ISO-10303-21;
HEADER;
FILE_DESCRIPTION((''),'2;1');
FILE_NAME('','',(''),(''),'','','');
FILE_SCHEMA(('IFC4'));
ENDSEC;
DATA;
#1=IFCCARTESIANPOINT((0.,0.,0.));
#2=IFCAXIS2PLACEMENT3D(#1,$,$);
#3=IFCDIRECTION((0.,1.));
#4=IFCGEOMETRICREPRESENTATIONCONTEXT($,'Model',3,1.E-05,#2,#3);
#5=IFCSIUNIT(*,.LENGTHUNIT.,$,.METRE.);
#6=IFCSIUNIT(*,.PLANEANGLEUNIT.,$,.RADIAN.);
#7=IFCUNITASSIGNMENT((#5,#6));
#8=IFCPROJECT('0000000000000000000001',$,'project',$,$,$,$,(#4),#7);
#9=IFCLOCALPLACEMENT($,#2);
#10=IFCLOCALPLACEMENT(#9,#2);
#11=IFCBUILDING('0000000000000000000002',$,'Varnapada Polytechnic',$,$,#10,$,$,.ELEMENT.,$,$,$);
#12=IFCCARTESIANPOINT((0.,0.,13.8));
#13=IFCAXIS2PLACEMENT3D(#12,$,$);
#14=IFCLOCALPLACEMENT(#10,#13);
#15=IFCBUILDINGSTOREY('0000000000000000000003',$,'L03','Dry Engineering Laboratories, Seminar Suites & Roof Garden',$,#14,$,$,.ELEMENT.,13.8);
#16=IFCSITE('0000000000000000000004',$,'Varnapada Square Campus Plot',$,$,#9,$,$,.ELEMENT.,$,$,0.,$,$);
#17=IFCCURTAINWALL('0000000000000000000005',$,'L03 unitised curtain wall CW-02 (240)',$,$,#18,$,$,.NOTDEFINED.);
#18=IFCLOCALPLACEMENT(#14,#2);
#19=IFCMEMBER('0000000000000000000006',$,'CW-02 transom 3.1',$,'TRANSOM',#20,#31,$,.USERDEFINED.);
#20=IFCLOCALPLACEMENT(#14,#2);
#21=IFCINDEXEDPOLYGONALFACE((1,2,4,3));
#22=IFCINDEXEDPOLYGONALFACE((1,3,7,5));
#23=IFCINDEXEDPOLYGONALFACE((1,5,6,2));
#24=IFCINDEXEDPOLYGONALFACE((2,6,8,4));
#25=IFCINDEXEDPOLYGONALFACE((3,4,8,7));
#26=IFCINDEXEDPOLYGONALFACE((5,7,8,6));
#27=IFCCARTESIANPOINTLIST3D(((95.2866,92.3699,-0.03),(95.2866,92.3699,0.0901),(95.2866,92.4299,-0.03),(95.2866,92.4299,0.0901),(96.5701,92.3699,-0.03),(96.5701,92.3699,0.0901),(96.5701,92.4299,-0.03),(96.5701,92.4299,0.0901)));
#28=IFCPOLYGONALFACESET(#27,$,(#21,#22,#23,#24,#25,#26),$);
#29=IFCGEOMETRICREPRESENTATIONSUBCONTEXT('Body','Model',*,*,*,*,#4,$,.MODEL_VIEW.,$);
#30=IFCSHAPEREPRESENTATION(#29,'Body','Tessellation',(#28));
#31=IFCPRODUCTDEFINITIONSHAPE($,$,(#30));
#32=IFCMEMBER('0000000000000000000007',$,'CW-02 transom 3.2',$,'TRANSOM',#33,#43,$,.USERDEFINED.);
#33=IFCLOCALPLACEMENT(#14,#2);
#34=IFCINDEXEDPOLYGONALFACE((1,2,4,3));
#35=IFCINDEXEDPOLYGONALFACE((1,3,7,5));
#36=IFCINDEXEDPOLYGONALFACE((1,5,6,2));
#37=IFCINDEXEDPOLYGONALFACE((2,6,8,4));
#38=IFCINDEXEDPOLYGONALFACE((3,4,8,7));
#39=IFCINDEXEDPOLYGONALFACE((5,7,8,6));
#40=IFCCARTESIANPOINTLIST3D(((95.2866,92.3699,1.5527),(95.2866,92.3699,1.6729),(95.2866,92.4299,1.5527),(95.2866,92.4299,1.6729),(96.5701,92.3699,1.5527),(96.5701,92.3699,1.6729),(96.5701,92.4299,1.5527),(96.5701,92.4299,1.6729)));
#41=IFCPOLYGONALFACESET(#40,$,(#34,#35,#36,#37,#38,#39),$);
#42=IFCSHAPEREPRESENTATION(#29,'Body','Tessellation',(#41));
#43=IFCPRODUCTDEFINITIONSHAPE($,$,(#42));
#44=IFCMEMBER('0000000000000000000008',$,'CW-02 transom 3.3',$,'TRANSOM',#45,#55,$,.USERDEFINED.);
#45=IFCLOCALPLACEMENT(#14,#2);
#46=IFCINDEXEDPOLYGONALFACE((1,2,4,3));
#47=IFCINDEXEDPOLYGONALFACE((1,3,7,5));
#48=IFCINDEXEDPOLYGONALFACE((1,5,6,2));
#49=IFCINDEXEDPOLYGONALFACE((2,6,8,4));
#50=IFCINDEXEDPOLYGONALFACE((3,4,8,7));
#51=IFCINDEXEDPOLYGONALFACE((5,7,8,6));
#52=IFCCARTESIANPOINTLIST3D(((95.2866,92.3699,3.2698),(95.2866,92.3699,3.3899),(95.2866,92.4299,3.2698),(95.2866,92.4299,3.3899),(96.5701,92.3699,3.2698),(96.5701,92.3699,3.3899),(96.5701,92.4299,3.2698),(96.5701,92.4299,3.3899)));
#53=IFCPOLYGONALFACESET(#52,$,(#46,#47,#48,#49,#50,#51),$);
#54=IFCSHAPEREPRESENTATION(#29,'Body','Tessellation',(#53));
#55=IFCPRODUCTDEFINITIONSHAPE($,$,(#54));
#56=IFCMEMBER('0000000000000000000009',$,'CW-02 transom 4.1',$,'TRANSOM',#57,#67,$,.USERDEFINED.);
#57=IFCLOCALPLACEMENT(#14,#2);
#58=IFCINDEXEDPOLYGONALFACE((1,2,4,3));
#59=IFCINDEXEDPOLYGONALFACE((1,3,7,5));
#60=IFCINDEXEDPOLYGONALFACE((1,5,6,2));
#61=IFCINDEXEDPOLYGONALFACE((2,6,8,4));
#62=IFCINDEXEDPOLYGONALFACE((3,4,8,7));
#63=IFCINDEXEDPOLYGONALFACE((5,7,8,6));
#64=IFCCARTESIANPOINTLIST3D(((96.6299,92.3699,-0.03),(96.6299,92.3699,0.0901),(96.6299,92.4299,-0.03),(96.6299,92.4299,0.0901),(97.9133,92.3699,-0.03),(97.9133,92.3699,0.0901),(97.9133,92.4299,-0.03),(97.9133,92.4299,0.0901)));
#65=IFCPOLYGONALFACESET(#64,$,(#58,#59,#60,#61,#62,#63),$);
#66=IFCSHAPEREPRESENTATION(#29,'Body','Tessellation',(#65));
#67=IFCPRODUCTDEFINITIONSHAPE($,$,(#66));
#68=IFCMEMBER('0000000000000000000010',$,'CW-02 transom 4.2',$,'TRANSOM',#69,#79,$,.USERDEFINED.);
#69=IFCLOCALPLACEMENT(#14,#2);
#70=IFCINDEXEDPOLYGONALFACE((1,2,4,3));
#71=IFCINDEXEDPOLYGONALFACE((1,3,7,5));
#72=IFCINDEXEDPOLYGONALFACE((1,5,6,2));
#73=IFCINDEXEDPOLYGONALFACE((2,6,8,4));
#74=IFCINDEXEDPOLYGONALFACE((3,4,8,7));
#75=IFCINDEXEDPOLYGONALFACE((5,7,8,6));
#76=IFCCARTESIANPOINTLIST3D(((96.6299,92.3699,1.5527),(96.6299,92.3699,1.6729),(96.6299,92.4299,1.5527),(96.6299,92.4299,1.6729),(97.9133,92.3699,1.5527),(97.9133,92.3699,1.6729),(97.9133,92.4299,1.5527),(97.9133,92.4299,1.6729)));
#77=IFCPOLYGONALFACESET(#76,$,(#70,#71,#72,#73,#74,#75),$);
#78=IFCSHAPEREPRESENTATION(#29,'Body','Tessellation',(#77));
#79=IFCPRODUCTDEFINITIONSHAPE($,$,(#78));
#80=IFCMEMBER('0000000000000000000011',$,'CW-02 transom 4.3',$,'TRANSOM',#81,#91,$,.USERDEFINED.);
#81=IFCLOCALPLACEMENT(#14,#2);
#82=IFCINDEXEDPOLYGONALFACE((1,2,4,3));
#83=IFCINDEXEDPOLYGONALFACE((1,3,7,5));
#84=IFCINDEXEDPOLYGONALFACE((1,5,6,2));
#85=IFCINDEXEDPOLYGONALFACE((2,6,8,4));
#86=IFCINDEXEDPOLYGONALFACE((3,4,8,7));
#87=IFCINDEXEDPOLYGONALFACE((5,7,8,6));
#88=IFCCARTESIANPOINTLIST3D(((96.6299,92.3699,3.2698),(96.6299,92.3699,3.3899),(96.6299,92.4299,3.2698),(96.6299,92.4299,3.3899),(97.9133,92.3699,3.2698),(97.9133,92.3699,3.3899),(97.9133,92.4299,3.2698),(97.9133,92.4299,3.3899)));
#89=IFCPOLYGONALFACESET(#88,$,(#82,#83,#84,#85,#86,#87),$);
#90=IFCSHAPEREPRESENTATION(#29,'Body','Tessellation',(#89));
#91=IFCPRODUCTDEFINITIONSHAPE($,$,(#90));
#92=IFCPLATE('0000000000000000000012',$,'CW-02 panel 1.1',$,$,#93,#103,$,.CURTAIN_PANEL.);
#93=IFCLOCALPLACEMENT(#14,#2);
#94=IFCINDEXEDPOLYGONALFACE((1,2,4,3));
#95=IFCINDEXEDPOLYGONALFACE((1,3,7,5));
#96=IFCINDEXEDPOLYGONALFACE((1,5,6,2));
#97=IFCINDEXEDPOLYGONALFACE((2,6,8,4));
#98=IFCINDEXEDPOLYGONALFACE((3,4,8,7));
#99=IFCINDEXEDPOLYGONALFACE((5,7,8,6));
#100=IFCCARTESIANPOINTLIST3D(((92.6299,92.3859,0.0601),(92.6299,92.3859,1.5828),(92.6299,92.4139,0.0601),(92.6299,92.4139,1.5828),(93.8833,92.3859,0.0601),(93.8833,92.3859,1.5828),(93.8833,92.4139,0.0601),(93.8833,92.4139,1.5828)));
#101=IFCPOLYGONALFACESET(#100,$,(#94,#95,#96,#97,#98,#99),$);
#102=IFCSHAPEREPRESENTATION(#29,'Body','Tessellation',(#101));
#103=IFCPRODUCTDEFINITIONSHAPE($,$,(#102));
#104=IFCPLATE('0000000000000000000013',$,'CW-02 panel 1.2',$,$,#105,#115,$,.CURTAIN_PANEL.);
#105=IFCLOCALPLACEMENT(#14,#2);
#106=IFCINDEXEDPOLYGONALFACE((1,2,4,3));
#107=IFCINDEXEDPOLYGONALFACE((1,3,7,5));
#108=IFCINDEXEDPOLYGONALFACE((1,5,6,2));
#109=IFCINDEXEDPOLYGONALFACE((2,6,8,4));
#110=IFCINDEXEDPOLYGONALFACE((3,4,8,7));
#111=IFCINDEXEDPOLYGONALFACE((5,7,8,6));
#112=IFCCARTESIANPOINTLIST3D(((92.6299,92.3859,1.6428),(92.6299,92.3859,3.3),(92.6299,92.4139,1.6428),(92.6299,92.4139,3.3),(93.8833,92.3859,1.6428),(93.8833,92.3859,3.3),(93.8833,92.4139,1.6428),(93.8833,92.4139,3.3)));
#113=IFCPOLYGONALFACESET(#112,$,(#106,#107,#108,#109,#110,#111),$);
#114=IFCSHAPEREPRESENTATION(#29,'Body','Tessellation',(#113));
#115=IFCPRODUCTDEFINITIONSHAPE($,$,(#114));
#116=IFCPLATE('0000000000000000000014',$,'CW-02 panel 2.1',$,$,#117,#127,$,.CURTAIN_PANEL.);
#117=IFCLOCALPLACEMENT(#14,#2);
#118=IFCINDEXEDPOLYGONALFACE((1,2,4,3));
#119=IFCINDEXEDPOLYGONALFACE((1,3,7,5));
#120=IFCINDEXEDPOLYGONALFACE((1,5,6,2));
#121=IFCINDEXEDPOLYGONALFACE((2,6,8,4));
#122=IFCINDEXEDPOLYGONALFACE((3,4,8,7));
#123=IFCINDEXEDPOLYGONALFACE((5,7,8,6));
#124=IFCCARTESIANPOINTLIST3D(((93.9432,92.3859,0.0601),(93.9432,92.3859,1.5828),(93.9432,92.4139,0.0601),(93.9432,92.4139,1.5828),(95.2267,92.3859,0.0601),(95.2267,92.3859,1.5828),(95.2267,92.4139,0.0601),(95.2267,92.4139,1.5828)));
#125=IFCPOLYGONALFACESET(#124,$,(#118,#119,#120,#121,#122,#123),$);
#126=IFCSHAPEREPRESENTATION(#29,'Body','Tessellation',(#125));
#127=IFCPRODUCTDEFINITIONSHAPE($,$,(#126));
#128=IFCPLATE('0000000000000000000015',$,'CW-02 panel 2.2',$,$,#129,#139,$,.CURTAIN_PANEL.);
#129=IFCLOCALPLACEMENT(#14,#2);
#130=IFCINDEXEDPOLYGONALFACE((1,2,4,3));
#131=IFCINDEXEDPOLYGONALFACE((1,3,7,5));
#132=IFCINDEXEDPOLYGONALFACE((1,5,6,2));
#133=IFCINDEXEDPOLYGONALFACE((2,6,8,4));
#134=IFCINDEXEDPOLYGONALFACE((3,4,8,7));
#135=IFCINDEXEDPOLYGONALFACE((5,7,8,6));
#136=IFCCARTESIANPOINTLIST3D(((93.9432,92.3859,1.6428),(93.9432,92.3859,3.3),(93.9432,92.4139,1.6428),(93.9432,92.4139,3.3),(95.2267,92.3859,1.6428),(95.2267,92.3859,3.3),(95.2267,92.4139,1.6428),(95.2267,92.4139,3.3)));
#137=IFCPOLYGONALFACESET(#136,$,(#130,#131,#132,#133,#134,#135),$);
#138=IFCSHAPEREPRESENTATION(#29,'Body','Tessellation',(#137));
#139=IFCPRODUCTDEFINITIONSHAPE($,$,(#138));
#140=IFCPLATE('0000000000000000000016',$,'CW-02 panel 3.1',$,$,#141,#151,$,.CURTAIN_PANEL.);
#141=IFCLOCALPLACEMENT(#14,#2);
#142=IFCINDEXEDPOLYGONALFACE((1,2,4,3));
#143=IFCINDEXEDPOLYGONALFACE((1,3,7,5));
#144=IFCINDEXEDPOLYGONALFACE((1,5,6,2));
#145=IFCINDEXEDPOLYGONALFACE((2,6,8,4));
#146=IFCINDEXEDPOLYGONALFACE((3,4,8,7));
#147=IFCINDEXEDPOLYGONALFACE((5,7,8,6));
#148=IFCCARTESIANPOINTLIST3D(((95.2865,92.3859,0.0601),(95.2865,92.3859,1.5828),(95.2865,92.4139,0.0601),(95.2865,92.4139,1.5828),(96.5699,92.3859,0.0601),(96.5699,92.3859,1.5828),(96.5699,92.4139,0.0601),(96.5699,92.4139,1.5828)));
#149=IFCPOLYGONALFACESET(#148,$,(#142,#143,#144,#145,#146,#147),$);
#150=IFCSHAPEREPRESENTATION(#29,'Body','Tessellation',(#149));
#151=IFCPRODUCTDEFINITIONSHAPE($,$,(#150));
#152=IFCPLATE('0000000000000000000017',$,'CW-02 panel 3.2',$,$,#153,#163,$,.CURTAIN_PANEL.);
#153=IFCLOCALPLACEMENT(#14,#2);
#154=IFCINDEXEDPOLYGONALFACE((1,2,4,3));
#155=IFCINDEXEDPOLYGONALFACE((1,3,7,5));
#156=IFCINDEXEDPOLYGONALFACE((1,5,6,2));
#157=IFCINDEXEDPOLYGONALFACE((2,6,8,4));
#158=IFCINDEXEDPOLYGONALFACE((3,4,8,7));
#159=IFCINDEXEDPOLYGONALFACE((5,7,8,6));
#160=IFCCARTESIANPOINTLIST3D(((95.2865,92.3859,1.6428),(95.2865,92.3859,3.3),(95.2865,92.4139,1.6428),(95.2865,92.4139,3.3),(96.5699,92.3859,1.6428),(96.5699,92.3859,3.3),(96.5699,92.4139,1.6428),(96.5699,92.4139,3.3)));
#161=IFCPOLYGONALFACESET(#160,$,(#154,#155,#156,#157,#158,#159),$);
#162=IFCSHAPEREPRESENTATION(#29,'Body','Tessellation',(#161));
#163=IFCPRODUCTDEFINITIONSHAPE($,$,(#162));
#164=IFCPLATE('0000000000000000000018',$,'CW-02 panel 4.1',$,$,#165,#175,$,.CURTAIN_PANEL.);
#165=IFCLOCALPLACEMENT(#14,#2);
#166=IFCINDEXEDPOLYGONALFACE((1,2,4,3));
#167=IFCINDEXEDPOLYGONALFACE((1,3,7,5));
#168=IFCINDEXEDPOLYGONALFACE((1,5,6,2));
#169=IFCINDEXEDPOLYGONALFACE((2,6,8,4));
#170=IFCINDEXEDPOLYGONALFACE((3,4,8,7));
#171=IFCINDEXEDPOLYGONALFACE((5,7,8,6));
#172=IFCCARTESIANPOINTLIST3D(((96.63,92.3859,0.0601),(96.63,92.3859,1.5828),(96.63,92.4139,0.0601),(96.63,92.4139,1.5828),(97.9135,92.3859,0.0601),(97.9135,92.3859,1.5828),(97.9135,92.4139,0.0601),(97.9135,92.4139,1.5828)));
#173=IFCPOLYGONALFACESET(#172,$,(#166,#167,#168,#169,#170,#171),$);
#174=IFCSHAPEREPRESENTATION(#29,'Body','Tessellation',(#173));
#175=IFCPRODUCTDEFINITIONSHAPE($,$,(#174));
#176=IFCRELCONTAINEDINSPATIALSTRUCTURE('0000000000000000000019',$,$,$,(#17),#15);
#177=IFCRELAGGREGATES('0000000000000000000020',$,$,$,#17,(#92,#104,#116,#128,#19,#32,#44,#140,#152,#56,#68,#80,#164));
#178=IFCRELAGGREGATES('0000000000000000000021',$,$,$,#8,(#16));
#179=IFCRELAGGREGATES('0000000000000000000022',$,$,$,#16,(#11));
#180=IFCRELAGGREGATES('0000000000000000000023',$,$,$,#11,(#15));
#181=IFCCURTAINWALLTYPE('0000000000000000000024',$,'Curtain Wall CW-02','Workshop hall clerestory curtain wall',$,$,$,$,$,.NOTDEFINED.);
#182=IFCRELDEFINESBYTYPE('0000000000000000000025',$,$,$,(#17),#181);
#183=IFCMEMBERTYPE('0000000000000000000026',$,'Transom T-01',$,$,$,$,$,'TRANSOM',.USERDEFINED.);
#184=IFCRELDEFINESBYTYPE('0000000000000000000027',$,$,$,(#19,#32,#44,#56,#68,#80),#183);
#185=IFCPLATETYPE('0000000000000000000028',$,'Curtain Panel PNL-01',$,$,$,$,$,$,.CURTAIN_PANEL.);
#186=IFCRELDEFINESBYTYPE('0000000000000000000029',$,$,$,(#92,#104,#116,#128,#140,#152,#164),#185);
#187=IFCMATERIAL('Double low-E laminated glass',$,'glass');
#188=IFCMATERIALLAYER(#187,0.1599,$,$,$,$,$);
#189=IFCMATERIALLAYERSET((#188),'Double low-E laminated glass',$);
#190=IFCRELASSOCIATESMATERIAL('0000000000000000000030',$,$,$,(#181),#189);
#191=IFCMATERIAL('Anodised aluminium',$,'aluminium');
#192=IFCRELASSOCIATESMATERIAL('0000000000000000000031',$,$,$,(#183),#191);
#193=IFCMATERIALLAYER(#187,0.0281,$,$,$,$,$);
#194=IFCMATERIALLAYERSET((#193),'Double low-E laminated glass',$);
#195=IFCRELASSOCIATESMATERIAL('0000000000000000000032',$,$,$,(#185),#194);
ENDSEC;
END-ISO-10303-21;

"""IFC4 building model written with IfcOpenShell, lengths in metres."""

from ifc_helpers import new_model, si_unit, direction, frame, origin, origin_2d, place, context, subcontext, project, spatial, rectangle, extrude, material, layer, layer_set, material_profile, profile_set, type_object, element, aggregate, save


model = new_model("IFC4")

# Units and contexts
model_context = context("Model", 3, precision=1e-05, world=origin(), true_north=direction((0.0, 1.0)))
body_context = subcontext(model_context, "Body", "Model", "MODEL_VIEW")
ifc_project = project(units=[si_unit("LENGTHUNIT", "METRE"), si_unit("PLANEANGLEUNIT", "RADIAN")], contexts=[model_context])

# Site, building, storey
site_placement = place(None, origin())
site = spatial("IfcSite", under=ifc_project, at=site_placement, Name="Varnapada Square Campus Plot", CompositionType="ELEMENT", RefElevation=0.0)
building_placement = place(site_placement, origin())
building = spatial("IfcBuilding", under=site, at=building_placement, Name="Varnapada Polytechnic", CompositionType="ELEMENT")
storey_placement = place(building_placement, frame((0.0, 0.0, 13.8)))
storey = spatial("IfcBuildingStorey", under=building, at=storey_placement, Name="L03", Description="Dry Engineering Laboratories, Seminar Suites & Roof Garden", CompositionType="ELEMENT", Elevation=13.8)

# Curtain wall
ifc_material_1 = material(Name="Double low-E laminated glass", Category="glass")
ifc_layer_1 = layer(ifc_material_1, 0.1599)
ifc_layer_set_1 = layer_set([ifc_layer_1], Name="Double low-E laminated glass")
curtain_wall_type = type_object("IfcCurtainWallType", Name="Curtain Wall CW-02", Description="Workshop hall clerestory curtain wall", PredefinedType="NOTDEFINED", material=ifc_layer_set_1)
curtain_wall_placement = place(storey_placement, origin())
curtain_wall = element("IfcCurtainWall", 1, at=curtain_wall_placement, inside=storey, type_object=curtain_wall_type, Name="L03 unitised curtain wall CW-02 (240)", PredefinedType="NOTDEFINED")
ifc_material_2 = material(Name="Anodised aluminium", Category="aluminium")

# Members
ifc_material_profile_1 = material_profile(ifc_material_2, rectangle(XDim=0.0601, YDim=0.1201, at=origin_2d()), Name="ALU T60x120")
ifc_profile_set_1 = profile_set([ifc_material_profile_1], Name="Anodised aluminium")
member_type_1 = type_object("IfcMemberType", Name="Transom T-01", ElementType="TRANSOM", PredefinedType="USERDEFINED", material=ifc_profile_set_1)
member_1_placement = place(storey_placement, frame((95.2866, 92.3999, 0.03), z_axis=(1.0, 0.0, 0.0), x_axis=(0.0, 1.0, 0.0)))
member_1 = element("IfcMember", 2, at=member_1_placement, type_object=member_type_1, Name="CW-02 transom 3.1", ObjectType="TRANSOM", PredefinedType="USERDEFINED", context=body_context, shape_type="SweptSolid", body=[
    extrude(rectangle(XDim=0.0601, YDim=0.1201, at=origin_2d()), origin(), (0.0, 0.0, 1.0), 1.2834),
])
member_2_placement = place(storey_placement, frame((95.2866, 92.3999, 1.6128), z_axis=(1.0, 0.0, 0.0), x_axis=(0.0, 1.0, 0.0)))
member_2 = element("IfcMember", 3, at=member_2_placement, type_object=member_type_1, Name="CW-02 transom 3.2", ObjectType="TRANSOM", PredefinedType="USERDEFINED", context=body_context, shape_type="SweptSolid", body=[
    extrude(rectangle(XDim=0.0601, YDim=0.1201, at=origin_2d()), origin(), (0.0, 0.0, 1.0), 1.2834),
])
member_3_placement = place(storey_placement, frame((95.2866, 92.3999, 3.3298), z_axis=(1.0, 0.0, 0.0), x_axis=(0.0, 1.0, 0.0)))
member_3 = element("IfcMember", 4, at=member_3_placement, type_object=member_type_1, Name="CW-02 transom 3.3", ObjectType="TRANSOM", PredefinedType="USERDEFINED", context=body_context, shape_type="SweptSolid", body=[
    extrude(rectangle(XDim=0.0601, YDim=0.1201, at=origin_2d()), origin(), (0.0, 0.0, 1.0), 1.2834),
])
member_4_placement = place(storey_placement, frame((96.6299, 92.3999, 0.03), z_axis=(1.0, 0.0, 0.0), x_axis=(0.0, 1.0, 0.0)))
member_4 = element("IfcMember", 5, at=member_4_placement, type_object=member_type_1, Name="CW-02 transom 4.1", ObjectType="TRANSOM", PredefinedType="USERDEFINED", context=body_context, shape_type="SweptSolid", body=[
    extrude(rectangle(XDim=0.0601, YDim=0.1201, at=origin_2d()), origin(), (0.0, 0.0, 1.0), 1.2834),
])
member_5_placement = place(storey_placement, frame((96.6299, 92.3999, 1.6128), z_axis=(1.0, 0.0, 0.0), x_axis=(0.0, 1.0, 0.0)))
member_5 = element("IfcMember", 6, at=member_5_placement, type_object=member_type_1, Name="CW-02 transom 4.2", ObjectType="TRANSOM", PredefinedType="USERDEFINED", context=body_context, shape_type="SweptSolid", body=[
    extrude(rectangle(XDim=0.0601, YDim=0.1201, at=origin_2d()), origin(), (0.0, 0.0, 1.0), 1.2834),
])
member_6_placement = place(storey_placement, frame((96.6299, 92.3999, 3.3298), z_axis=(1.0, 0.0, 0.0), x_axis=(0.0, 1.0, 0.0)))
member_6 = element("IfcMember", 7, at=member_6_placement, type_object=member_type_1, Name="CW-02 transom 4.3", ObjectType="TRANSOM", PredefinedType="USERDEFINED", context=body_context, shape_type="SweptSolid", body=[
    extrude(rectangle(XDim=0.0601, YDim=0.1201, at=origin_2d()), origin(), (0.0, 0.0, 1.0), 1.2834),
])

# Plates
ifc_layer_2 = layer(ifc_material_1, 0.0281)
ifc_layer_set_2 = layer_set([ifc_layer_2], Name="Double low-E laminated glass")
plate_type = type_object("IfcPlateType", Name="Curtain Panel PNL-01", PredefinedType="CURTAIN_PANEL", material=ifc_layer_set_2)
plate_1_placement = place(storey_placement, frame((93.2566, 92.3999, 0.0601), z_axis=(0.0, 0.0, 1.0), x_axis=(1.0, 0.0, 0.0)))
plate_1 = element("IfcPlate", 8, at=plate_1_placement, type_object=plate_type, Name="CW-02 panel 1.1", PredefinedType="CURTAIN_PANEL", context=body_context, shape_type="SweptSolid", body=[
    extrude(rectangle(XDim=1.2534, YDim=0.0281, at=origin_2d()), origin(), (0.0, 0.0, 1.0), 1.5227),
])
plate_2_placement = place(storey_placement, frame((93.2566, 92.3999, 1.6428), z_axis=(0.0, 0.0, 1.0), x_axis=(1.0, 0.0, 0.0)))
plate_2 = element("IfcPlate", 9, at=plate_2_placement, type_object=plate_type, Name="CW-02 panel 1.2", PredefinedType="CURTAIN_PANEL", context=body_context, shape_type="SweptSolid", body=[
    extrude(rectangle(XDim=1.2534, YDim=0.0281, at=origin_2d()), origin(), (0.0, 0.0, 1.0), 1.6572),
])
plate_3_placement = place(storey_placement, frame((94.585, 92.3999, 0.0601), z_axis=(0.0, 0.0, 1.0), x_axis=(1.0, 0.0, 0.0)))
plate_3 = element("IfcPlate", 10, at=plate_3_placement, type_object=plate_type, Name="CW-02 panel 2.1", PredefinedType="CURTAIN_PANEL", context=body_context, shape_type="SweptSolid", body=[
    extrude(rectangle(XDim=1.2834, YDim=0.0281, at=origin_2d()), origin(), (0.0, 0.0, 1.0), 1.5227),
])
plate_4_placement = place(storey_placement, frame((94.585, 92.3999, 1.6428), z_axis=(0.0, 0.0, 1.0), x_axis=(1.0, 0.0, 0.0)))
plate_4 = element("IfcPlate", 11, at=plate_4_placement, type_object=plate_type, Name="CW-02 panel 2.2", PredefinedType="CURTAIN_PANEL", context=body_context, shape_type="SweptSolid", body=[
    extrude(rectangle(XDim=1.2834, YDim=0.0281, at=origin_2d()), origin(), (0.0, 0.0, 1.0), 1.6572),
])
plate_5_placement = place(storey_placement, frame((95.9282, 92.3999, 0.0601), z_axis=(0.0, 0.0, 1.0), x_axis=(1.0, 0.0, 0.0)))
plate_5 = element("IfcPlate", 12, at=plate_5_placement, type_object=plate_type, Name="CW-02 panel 3.1", PredefinedType="CURTAIN_PANEL", context=body_context, shape_type="SweptSolid", body=[
    extrude(rectangle(XDim=1.2834, YDim=0.0281, at=origin_2d()), origin(), (0.0, 0.0, 1.0), 1.5227),
])
plate_6_placement = place(storey_placement, frame((95.9282, 92.3999, 1.6428), z_axis=(0.0, 0.0, 1.0), x_axis=(1.0, 0.0, 0.0)))
plate_6 = element("IfcPlate", 13, at=plate_6_placement, type_object=plate_type, Name="CW-02 panel 3.2", PredefinedType="CURTAIN_PANEL", context=body_context, shape_type="SweptSolid", body=[
    extrude(rectangle(XDim=1.2834, YDim=0.0281, at=origin_2d()), origin(), (0.0, 0.0, 1.0), 1.6572),
])
plate_7_placement = place(storey_placement, frame((97.2717, 92.3999, 0.0601), z_axis=(0.0, 0.0, 1.0), x_axis=(1.0, 0.0, 0.0)))
plate_7 = element("IfcPlate", 14, at=plate_7_placement, type_object=plate_type, Name="CW-02 panel 4.1", PredefinedType="CURTAIN_PANEL", context=body_context, shape_type="SweptSolid", body=[
    extrude(rectangle(XDim=1.2834, YDim=0.0281, at=origin_2d()), origin(), (0.0, 0.0, 1.0), 1.5227),
])
aggregate(curtain_wall, [plate_1, plate_2, plate_3, plate_4, member_1, member_2, member_3, plate_5, plate_6, member_4, member_5, member_6, plate_7])

save(model, "model.ifc")
